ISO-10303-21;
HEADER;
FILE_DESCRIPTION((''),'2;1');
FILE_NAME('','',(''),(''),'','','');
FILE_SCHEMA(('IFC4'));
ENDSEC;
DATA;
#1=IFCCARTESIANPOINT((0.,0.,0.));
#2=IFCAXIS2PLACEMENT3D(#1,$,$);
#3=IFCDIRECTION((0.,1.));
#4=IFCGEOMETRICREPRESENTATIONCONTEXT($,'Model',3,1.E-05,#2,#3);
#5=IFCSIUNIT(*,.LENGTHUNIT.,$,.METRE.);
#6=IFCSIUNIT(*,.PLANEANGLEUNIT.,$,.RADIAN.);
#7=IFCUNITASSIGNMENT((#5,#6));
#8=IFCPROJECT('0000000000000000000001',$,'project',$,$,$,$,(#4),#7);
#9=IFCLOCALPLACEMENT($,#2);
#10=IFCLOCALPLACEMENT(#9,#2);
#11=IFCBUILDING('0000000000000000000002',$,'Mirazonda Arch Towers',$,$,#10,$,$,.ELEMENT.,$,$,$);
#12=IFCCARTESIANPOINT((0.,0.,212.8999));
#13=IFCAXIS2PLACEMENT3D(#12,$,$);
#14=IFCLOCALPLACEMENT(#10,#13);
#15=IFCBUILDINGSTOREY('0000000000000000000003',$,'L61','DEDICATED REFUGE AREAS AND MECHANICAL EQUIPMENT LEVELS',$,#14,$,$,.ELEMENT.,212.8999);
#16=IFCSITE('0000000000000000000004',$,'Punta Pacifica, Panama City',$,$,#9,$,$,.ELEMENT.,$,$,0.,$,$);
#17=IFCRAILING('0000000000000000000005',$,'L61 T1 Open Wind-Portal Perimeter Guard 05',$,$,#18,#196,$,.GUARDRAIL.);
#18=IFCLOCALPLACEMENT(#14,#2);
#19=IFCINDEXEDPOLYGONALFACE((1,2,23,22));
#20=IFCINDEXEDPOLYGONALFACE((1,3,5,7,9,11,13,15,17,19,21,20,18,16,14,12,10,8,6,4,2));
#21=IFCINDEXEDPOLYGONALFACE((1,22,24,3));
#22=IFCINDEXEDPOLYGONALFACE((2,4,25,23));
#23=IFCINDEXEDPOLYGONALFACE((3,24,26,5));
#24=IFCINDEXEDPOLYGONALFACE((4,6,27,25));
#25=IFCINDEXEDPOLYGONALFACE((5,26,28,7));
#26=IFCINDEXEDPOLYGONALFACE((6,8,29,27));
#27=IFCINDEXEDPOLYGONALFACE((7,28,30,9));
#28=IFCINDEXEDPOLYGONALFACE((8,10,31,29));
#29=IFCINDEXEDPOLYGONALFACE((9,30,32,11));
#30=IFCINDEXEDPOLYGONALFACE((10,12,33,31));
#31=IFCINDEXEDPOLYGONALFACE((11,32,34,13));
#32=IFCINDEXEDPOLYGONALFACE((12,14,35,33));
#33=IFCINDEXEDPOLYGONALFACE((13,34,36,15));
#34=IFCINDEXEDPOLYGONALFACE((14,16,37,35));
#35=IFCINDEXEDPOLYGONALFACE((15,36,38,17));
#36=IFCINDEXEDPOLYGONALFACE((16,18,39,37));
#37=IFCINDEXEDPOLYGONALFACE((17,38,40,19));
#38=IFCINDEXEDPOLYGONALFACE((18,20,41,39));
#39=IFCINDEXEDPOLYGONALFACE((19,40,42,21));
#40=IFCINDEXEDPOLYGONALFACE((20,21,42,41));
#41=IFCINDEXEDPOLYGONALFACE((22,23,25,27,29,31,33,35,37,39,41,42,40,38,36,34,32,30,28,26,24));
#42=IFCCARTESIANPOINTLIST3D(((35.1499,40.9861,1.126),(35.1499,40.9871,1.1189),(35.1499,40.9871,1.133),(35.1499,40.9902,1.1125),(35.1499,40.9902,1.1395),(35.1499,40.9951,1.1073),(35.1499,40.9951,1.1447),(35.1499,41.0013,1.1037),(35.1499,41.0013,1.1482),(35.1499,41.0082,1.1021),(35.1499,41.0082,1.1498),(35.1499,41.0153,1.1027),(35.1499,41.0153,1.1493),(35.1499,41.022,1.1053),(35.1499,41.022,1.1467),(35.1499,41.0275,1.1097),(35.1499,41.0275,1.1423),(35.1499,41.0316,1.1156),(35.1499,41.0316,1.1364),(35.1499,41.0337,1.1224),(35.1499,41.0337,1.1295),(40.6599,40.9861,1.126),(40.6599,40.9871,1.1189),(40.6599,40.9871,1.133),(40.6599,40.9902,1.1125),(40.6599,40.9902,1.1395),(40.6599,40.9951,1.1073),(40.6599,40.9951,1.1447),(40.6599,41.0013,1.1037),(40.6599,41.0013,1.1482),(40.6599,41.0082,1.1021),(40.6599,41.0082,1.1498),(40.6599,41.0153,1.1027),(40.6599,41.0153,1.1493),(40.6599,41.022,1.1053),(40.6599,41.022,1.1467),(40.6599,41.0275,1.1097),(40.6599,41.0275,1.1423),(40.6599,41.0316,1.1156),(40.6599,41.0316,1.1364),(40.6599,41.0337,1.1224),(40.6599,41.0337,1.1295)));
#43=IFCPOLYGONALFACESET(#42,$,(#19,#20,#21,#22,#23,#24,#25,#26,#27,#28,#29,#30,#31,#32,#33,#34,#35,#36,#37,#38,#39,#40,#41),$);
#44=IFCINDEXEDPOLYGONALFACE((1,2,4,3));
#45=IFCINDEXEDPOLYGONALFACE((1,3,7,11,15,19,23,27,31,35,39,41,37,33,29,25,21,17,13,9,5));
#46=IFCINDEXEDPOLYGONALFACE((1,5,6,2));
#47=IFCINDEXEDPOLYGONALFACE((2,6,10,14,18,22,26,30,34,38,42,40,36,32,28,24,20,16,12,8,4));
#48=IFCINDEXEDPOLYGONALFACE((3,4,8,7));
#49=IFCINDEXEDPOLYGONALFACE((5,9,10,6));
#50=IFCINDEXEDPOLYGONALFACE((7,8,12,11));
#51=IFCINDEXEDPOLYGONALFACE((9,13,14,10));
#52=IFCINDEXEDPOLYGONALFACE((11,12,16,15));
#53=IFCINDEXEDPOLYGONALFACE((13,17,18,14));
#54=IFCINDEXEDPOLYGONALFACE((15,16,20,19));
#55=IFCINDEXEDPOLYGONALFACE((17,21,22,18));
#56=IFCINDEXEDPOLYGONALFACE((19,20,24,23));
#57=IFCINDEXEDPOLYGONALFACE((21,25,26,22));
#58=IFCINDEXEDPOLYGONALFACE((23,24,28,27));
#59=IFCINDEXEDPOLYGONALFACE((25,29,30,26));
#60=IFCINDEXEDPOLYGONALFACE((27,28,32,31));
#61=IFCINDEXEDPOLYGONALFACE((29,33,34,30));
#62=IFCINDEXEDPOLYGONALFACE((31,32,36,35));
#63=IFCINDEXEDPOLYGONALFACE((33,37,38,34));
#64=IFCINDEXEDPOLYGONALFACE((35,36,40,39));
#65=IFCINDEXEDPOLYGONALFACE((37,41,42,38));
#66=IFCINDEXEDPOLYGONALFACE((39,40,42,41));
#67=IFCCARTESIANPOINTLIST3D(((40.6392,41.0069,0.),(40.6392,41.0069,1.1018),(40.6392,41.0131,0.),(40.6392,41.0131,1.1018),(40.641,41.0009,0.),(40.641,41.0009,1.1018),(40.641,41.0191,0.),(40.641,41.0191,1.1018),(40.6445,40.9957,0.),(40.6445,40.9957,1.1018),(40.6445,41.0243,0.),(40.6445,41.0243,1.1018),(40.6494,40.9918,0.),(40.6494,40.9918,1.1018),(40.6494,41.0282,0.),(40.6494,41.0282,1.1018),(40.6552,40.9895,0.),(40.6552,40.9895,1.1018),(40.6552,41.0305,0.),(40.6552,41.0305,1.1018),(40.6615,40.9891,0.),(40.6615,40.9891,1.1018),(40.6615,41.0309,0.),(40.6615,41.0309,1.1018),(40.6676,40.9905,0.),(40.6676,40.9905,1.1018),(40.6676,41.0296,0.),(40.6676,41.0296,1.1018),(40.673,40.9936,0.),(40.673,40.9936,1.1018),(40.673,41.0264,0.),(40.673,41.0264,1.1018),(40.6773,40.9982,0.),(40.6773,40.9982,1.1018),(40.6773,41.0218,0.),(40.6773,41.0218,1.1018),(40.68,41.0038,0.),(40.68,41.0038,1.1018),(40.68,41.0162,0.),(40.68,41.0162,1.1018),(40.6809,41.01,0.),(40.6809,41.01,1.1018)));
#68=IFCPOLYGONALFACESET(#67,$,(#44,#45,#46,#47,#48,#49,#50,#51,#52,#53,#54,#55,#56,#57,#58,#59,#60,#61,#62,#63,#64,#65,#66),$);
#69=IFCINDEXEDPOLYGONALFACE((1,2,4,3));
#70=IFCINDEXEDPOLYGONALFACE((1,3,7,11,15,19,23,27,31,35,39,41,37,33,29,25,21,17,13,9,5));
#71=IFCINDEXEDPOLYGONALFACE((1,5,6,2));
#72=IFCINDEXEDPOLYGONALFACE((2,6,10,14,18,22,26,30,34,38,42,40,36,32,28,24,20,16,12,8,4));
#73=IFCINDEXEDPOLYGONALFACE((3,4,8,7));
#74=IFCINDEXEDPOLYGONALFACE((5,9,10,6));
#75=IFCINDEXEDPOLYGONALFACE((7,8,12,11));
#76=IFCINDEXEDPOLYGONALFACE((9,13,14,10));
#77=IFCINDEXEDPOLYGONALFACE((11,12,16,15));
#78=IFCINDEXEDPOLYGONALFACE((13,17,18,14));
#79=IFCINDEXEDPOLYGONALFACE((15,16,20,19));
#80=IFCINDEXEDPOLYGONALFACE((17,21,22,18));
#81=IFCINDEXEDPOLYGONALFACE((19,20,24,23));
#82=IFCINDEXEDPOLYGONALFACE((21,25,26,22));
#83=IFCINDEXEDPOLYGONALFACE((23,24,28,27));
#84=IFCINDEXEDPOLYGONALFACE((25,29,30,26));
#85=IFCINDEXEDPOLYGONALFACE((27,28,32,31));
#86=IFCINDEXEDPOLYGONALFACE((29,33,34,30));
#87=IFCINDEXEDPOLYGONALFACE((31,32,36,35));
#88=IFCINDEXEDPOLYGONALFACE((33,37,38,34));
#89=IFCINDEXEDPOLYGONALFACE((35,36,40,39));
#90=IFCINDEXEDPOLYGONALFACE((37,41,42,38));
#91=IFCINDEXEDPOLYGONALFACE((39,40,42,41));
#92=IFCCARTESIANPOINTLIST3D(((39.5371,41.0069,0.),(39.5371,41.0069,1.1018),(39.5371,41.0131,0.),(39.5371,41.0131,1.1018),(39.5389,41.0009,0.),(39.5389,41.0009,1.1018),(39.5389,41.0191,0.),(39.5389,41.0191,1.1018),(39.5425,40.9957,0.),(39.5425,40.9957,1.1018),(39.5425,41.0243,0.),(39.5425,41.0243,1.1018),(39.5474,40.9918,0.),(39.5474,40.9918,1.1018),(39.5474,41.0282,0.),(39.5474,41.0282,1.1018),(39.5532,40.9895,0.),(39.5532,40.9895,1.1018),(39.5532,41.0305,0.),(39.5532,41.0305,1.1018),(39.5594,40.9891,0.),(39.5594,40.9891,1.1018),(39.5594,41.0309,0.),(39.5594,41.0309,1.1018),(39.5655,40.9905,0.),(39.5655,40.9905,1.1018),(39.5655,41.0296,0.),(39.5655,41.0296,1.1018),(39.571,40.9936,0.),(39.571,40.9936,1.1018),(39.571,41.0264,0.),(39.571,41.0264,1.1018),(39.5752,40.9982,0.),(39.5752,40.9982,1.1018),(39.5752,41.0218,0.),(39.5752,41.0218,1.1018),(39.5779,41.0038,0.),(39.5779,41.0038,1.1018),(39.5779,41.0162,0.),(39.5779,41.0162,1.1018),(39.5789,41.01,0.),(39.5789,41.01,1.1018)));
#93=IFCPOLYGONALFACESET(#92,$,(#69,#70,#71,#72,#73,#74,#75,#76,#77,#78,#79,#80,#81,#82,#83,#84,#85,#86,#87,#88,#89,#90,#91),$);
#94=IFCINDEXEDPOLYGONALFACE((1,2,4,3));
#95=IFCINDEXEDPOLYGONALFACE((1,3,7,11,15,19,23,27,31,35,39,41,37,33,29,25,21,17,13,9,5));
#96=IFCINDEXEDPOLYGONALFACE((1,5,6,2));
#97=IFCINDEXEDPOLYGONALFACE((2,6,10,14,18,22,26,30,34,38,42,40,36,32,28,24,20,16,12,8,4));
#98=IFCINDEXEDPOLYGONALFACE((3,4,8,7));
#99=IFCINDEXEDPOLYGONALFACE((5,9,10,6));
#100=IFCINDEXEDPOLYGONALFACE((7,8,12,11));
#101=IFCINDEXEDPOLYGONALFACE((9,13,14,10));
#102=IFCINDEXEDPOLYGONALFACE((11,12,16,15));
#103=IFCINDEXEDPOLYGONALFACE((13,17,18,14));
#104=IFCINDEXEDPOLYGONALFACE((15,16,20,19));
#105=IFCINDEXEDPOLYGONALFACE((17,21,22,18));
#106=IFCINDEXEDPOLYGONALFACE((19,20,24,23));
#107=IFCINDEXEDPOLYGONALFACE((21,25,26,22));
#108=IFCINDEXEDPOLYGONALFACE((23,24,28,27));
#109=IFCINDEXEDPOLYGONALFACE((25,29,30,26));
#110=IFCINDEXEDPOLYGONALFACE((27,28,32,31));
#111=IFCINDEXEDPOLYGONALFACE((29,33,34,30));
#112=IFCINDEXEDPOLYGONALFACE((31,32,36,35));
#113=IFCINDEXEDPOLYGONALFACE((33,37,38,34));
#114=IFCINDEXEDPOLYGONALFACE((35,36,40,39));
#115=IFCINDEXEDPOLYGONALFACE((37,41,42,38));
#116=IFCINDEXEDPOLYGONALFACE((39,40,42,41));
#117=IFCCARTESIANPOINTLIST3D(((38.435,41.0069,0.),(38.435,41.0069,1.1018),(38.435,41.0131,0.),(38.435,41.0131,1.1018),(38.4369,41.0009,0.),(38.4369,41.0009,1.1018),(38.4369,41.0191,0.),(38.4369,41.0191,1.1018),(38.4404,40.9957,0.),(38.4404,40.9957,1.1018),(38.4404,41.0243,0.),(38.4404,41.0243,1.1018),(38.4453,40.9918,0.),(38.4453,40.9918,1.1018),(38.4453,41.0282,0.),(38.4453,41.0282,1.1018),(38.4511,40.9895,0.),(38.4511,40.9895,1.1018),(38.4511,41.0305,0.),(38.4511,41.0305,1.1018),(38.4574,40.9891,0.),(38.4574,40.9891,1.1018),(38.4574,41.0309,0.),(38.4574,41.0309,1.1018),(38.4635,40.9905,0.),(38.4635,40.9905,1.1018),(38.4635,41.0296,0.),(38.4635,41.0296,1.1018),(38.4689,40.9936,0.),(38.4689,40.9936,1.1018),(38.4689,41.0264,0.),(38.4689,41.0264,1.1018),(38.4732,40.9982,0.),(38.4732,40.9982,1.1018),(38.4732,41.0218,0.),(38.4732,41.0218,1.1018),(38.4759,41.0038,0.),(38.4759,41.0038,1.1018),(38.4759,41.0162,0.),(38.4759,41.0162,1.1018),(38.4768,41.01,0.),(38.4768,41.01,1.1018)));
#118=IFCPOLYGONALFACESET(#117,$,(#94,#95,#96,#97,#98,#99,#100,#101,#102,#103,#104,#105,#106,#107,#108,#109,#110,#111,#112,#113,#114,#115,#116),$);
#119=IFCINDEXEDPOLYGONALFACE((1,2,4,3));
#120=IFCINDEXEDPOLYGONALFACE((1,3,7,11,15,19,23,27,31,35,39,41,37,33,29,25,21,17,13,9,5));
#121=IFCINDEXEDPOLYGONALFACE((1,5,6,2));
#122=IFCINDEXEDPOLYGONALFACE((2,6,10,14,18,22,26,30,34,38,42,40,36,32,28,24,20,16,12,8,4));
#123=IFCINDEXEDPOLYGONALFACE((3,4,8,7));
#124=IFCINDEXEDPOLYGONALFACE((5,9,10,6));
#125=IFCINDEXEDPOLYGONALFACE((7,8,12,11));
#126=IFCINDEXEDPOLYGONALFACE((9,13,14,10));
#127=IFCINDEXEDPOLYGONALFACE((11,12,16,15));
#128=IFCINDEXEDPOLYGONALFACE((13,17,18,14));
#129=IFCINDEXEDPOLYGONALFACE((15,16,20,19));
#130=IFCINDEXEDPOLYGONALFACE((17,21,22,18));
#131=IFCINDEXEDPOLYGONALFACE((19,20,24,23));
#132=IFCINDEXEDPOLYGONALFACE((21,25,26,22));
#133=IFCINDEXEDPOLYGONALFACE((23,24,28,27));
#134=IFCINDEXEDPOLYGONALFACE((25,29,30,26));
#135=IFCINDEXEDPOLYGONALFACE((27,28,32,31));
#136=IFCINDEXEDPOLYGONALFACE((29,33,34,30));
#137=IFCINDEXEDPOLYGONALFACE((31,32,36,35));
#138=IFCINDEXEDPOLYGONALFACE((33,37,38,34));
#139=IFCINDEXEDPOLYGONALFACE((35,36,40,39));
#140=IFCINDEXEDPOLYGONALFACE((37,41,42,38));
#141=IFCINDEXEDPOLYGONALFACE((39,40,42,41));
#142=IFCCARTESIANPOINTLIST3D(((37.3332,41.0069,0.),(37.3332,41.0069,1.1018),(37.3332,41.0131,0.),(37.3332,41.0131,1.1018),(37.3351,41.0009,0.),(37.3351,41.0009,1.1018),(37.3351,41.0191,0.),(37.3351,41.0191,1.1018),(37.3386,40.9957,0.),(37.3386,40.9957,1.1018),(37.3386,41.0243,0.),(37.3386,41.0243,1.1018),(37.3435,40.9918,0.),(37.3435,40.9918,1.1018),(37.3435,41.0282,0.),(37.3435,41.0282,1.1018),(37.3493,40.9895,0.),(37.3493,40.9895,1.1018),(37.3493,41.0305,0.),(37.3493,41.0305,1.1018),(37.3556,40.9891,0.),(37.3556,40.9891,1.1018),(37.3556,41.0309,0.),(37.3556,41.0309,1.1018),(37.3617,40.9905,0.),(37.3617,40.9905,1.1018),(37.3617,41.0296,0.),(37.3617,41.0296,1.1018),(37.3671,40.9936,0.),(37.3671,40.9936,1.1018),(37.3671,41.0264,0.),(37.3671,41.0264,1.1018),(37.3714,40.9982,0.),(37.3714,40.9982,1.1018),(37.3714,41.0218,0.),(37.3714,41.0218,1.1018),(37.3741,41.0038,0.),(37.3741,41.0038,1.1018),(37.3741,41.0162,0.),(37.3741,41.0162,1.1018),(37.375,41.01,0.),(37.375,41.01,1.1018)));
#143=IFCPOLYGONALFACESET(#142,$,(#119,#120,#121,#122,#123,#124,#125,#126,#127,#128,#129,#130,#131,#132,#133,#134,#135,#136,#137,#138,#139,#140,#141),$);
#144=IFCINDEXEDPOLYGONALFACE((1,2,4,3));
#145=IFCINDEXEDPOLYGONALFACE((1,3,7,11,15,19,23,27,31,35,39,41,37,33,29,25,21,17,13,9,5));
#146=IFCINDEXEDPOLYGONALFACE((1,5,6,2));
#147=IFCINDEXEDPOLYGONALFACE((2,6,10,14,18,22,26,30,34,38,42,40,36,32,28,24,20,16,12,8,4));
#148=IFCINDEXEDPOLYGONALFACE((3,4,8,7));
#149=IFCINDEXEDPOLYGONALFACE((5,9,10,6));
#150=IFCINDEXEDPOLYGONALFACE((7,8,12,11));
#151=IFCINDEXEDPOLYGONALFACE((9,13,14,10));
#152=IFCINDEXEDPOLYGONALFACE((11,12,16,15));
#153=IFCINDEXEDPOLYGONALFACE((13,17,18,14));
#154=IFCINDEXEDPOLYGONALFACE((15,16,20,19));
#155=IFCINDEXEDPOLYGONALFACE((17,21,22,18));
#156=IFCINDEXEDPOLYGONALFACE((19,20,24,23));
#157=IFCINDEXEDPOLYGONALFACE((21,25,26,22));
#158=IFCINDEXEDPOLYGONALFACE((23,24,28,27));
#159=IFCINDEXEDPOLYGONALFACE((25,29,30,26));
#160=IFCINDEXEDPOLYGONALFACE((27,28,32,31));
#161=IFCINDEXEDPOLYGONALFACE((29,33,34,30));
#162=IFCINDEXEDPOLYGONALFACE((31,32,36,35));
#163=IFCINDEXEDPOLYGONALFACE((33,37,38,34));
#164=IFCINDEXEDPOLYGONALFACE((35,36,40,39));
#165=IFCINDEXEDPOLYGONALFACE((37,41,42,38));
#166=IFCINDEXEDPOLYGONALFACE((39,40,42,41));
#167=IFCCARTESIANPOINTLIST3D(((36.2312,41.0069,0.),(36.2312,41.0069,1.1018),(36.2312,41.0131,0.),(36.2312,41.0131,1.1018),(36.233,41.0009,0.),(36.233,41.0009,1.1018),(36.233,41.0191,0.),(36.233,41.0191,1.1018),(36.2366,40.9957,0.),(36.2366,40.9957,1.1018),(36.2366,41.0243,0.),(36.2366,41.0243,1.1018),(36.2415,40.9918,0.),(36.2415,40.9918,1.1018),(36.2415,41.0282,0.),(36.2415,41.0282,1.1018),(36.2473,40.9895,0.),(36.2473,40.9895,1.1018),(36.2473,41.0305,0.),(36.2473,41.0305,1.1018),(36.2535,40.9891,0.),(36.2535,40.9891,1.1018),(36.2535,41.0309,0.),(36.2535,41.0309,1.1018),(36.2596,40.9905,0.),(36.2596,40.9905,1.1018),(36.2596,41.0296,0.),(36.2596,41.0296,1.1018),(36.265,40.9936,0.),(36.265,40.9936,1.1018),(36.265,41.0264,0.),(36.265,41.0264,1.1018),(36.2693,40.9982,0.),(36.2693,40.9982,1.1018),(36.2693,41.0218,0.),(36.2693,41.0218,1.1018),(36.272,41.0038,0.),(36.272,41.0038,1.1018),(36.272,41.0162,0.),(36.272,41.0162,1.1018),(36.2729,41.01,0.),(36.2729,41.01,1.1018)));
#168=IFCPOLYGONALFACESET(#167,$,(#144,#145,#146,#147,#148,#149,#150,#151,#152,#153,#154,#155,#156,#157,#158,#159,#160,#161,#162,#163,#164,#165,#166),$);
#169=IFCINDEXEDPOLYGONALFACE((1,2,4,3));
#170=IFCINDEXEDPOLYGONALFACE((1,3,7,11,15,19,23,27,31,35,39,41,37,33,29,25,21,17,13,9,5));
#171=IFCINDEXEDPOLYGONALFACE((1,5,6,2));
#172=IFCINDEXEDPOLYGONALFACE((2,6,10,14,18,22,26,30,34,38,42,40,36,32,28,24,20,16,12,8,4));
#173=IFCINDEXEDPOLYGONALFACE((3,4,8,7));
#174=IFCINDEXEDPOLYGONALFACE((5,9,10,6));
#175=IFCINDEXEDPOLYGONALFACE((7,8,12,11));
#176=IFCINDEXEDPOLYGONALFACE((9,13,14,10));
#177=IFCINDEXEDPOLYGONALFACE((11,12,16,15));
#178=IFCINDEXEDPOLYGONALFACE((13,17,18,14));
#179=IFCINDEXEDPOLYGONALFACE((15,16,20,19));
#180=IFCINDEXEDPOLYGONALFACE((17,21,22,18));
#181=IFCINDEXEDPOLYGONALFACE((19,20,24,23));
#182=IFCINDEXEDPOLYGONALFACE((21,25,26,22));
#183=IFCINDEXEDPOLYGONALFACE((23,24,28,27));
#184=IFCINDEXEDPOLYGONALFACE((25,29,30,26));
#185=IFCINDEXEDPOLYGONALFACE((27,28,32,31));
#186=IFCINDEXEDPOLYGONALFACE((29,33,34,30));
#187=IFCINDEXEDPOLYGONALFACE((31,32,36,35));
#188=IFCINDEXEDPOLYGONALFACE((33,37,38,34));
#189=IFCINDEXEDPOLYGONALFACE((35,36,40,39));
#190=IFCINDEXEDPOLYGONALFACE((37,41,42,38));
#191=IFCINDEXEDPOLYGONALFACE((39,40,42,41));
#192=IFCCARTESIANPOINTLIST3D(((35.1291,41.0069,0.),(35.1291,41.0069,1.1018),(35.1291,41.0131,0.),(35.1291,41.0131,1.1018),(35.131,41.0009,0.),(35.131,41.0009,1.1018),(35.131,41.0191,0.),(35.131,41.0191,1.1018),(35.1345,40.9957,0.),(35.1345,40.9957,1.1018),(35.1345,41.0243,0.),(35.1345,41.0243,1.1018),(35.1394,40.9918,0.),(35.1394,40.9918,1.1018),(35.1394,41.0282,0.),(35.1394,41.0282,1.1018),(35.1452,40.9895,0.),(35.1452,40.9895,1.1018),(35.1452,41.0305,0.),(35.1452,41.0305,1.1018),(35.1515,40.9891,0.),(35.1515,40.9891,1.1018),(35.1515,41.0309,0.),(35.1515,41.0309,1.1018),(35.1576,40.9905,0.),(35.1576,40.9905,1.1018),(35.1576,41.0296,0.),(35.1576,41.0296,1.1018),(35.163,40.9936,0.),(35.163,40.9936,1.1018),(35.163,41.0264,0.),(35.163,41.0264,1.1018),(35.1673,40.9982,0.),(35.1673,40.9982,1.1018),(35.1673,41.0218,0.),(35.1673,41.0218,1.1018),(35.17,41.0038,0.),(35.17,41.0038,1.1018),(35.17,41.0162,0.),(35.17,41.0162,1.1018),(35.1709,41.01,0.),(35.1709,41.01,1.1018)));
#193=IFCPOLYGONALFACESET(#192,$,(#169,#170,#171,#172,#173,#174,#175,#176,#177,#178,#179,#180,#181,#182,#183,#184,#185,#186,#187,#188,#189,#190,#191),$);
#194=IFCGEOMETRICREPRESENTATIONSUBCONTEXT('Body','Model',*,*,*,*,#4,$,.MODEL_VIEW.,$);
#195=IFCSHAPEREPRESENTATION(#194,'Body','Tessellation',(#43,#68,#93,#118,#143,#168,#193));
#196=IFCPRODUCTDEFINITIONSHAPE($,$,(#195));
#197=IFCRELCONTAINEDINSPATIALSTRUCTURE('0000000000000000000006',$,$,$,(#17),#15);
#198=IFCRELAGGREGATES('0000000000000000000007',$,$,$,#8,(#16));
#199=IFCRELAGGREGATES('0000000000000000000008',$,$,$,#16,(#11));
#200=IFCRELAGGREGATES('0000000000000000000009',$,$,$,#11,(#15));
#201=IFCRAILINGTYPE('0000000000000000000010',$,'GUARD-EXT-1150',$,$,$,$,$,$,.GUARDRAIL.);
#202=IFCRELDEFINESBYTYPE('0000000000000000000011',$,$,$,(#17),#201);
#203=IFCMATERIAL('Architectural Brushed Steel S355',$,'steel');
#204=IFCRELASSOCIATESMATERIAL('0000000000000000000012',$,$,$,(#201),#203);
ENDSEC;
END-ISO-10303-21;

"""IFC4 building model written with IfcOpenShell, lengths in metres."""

from ifc_helpers import new_model, si_unit, direction, frame, origin, origin_2d, place, context, subcontext, project, spatial, circle, extrude, material, type_object, element, save


model = new_model("IFC4")

# Units and contexts
model_context = context("Model", 3, precision=1e-05, world=origin(), true_north=direction((0.0, 1.0)))
body_context = subcontext(model_context, "Body", "Model", "MODEL_VIEW")
ifc_project = project(units=[si_unit("LENGTHUNIT", "METRE"), si_unit("PLANEANGLEUNIT", "RADIAN")], contexts=[model_context])

# Site, building, storey
site_placement = place(None, origin())
site = spatial("IfcSite", under=ifc_project, at=site_placement, Name="Punta Pacifica, Panama City", CompositionType="ELEMENT", RefElevation=0.0)
building_placement = place(site_placement, origin())
building = spatial("IfcBuilding", under=site, at=building_placement, Name="Mirazonda Arch Towers", CompositionType="ELEMENT")
storey_placement = place(building_placement, frame((0.0, 0.0, 212.8999)))
storey = spatial("IfcBuildingStorey", under=building, at=storey_placement, Name="L61", Description="DEDICATED REFUGE AREAS AND MECHANICAL EQUIPMENT LEVELS", CompositionType="ELEMENT", Elevation=212.8999)

# Railing
ifc_material_1 = material(Name="Architectural Brushed Steel S355", Category="steel")
railing_type = type_object("IfcRailingType", Name="GUARD-EXT-1150", PredefinedType="GUARDRAIL", material=ifc_material_1)
railing_placement = place(storey_placement, frame((40.6599, 41.01, 0.0)))
element("IfcRailing", 1, at=railing_placement, inside=storey, type_object=railing_type, Name="L61 T1 Open Wind-Portal Perimeter Guard 05", PredefinedType="GUARDRAIL", context=body_context, shape_type="SweptSolid", body=[
    extrude(circle(Radius=0.0239, at=origin_2d()), frame((0.0, 0.0, 1.126), z_axis=(-1.0, 0.0, 0.0), x_axis=(0.0, -1.0, 0.0)), (0.0, 0.0, 1.0), 5.51),
    extrude(circle(Radius=0.021, at=origin_2d()), origin(), (0.0, 0.0, 1.0), 1.1018),
    extrude(circle(Radius=0.021, at=origin_2d()), frame((-1.1021, 0.0, 0.0)), (0.0, 0.0, 1.0), 1.1018),
    extrude(circle(Radius=0.021, at=origin_2d()), frame((-2.2041, 0.0, 0.0)), (0.0, 0.0, 1.0), 1.1018),
    extrude(circle(Radius=0.021, at=origin_2d()), frame((-3.3059, 0.0, 0.0)), (0.0, 0.0, 1.0), 1.1018),
    extrude(circle(Radius=0.021, at=origin_2d()), frame((-4.408, 0.0, 0.0)), (0.0, 0.0, 1.0), 1.1018),
    extrude(circle(Radius=0.021, at=origin_2d()), frame((-5.51, 0.0, 0.0)), (0.0, 0.0, 1.0), 1.1018),
])

save(model, "model.ifc")
